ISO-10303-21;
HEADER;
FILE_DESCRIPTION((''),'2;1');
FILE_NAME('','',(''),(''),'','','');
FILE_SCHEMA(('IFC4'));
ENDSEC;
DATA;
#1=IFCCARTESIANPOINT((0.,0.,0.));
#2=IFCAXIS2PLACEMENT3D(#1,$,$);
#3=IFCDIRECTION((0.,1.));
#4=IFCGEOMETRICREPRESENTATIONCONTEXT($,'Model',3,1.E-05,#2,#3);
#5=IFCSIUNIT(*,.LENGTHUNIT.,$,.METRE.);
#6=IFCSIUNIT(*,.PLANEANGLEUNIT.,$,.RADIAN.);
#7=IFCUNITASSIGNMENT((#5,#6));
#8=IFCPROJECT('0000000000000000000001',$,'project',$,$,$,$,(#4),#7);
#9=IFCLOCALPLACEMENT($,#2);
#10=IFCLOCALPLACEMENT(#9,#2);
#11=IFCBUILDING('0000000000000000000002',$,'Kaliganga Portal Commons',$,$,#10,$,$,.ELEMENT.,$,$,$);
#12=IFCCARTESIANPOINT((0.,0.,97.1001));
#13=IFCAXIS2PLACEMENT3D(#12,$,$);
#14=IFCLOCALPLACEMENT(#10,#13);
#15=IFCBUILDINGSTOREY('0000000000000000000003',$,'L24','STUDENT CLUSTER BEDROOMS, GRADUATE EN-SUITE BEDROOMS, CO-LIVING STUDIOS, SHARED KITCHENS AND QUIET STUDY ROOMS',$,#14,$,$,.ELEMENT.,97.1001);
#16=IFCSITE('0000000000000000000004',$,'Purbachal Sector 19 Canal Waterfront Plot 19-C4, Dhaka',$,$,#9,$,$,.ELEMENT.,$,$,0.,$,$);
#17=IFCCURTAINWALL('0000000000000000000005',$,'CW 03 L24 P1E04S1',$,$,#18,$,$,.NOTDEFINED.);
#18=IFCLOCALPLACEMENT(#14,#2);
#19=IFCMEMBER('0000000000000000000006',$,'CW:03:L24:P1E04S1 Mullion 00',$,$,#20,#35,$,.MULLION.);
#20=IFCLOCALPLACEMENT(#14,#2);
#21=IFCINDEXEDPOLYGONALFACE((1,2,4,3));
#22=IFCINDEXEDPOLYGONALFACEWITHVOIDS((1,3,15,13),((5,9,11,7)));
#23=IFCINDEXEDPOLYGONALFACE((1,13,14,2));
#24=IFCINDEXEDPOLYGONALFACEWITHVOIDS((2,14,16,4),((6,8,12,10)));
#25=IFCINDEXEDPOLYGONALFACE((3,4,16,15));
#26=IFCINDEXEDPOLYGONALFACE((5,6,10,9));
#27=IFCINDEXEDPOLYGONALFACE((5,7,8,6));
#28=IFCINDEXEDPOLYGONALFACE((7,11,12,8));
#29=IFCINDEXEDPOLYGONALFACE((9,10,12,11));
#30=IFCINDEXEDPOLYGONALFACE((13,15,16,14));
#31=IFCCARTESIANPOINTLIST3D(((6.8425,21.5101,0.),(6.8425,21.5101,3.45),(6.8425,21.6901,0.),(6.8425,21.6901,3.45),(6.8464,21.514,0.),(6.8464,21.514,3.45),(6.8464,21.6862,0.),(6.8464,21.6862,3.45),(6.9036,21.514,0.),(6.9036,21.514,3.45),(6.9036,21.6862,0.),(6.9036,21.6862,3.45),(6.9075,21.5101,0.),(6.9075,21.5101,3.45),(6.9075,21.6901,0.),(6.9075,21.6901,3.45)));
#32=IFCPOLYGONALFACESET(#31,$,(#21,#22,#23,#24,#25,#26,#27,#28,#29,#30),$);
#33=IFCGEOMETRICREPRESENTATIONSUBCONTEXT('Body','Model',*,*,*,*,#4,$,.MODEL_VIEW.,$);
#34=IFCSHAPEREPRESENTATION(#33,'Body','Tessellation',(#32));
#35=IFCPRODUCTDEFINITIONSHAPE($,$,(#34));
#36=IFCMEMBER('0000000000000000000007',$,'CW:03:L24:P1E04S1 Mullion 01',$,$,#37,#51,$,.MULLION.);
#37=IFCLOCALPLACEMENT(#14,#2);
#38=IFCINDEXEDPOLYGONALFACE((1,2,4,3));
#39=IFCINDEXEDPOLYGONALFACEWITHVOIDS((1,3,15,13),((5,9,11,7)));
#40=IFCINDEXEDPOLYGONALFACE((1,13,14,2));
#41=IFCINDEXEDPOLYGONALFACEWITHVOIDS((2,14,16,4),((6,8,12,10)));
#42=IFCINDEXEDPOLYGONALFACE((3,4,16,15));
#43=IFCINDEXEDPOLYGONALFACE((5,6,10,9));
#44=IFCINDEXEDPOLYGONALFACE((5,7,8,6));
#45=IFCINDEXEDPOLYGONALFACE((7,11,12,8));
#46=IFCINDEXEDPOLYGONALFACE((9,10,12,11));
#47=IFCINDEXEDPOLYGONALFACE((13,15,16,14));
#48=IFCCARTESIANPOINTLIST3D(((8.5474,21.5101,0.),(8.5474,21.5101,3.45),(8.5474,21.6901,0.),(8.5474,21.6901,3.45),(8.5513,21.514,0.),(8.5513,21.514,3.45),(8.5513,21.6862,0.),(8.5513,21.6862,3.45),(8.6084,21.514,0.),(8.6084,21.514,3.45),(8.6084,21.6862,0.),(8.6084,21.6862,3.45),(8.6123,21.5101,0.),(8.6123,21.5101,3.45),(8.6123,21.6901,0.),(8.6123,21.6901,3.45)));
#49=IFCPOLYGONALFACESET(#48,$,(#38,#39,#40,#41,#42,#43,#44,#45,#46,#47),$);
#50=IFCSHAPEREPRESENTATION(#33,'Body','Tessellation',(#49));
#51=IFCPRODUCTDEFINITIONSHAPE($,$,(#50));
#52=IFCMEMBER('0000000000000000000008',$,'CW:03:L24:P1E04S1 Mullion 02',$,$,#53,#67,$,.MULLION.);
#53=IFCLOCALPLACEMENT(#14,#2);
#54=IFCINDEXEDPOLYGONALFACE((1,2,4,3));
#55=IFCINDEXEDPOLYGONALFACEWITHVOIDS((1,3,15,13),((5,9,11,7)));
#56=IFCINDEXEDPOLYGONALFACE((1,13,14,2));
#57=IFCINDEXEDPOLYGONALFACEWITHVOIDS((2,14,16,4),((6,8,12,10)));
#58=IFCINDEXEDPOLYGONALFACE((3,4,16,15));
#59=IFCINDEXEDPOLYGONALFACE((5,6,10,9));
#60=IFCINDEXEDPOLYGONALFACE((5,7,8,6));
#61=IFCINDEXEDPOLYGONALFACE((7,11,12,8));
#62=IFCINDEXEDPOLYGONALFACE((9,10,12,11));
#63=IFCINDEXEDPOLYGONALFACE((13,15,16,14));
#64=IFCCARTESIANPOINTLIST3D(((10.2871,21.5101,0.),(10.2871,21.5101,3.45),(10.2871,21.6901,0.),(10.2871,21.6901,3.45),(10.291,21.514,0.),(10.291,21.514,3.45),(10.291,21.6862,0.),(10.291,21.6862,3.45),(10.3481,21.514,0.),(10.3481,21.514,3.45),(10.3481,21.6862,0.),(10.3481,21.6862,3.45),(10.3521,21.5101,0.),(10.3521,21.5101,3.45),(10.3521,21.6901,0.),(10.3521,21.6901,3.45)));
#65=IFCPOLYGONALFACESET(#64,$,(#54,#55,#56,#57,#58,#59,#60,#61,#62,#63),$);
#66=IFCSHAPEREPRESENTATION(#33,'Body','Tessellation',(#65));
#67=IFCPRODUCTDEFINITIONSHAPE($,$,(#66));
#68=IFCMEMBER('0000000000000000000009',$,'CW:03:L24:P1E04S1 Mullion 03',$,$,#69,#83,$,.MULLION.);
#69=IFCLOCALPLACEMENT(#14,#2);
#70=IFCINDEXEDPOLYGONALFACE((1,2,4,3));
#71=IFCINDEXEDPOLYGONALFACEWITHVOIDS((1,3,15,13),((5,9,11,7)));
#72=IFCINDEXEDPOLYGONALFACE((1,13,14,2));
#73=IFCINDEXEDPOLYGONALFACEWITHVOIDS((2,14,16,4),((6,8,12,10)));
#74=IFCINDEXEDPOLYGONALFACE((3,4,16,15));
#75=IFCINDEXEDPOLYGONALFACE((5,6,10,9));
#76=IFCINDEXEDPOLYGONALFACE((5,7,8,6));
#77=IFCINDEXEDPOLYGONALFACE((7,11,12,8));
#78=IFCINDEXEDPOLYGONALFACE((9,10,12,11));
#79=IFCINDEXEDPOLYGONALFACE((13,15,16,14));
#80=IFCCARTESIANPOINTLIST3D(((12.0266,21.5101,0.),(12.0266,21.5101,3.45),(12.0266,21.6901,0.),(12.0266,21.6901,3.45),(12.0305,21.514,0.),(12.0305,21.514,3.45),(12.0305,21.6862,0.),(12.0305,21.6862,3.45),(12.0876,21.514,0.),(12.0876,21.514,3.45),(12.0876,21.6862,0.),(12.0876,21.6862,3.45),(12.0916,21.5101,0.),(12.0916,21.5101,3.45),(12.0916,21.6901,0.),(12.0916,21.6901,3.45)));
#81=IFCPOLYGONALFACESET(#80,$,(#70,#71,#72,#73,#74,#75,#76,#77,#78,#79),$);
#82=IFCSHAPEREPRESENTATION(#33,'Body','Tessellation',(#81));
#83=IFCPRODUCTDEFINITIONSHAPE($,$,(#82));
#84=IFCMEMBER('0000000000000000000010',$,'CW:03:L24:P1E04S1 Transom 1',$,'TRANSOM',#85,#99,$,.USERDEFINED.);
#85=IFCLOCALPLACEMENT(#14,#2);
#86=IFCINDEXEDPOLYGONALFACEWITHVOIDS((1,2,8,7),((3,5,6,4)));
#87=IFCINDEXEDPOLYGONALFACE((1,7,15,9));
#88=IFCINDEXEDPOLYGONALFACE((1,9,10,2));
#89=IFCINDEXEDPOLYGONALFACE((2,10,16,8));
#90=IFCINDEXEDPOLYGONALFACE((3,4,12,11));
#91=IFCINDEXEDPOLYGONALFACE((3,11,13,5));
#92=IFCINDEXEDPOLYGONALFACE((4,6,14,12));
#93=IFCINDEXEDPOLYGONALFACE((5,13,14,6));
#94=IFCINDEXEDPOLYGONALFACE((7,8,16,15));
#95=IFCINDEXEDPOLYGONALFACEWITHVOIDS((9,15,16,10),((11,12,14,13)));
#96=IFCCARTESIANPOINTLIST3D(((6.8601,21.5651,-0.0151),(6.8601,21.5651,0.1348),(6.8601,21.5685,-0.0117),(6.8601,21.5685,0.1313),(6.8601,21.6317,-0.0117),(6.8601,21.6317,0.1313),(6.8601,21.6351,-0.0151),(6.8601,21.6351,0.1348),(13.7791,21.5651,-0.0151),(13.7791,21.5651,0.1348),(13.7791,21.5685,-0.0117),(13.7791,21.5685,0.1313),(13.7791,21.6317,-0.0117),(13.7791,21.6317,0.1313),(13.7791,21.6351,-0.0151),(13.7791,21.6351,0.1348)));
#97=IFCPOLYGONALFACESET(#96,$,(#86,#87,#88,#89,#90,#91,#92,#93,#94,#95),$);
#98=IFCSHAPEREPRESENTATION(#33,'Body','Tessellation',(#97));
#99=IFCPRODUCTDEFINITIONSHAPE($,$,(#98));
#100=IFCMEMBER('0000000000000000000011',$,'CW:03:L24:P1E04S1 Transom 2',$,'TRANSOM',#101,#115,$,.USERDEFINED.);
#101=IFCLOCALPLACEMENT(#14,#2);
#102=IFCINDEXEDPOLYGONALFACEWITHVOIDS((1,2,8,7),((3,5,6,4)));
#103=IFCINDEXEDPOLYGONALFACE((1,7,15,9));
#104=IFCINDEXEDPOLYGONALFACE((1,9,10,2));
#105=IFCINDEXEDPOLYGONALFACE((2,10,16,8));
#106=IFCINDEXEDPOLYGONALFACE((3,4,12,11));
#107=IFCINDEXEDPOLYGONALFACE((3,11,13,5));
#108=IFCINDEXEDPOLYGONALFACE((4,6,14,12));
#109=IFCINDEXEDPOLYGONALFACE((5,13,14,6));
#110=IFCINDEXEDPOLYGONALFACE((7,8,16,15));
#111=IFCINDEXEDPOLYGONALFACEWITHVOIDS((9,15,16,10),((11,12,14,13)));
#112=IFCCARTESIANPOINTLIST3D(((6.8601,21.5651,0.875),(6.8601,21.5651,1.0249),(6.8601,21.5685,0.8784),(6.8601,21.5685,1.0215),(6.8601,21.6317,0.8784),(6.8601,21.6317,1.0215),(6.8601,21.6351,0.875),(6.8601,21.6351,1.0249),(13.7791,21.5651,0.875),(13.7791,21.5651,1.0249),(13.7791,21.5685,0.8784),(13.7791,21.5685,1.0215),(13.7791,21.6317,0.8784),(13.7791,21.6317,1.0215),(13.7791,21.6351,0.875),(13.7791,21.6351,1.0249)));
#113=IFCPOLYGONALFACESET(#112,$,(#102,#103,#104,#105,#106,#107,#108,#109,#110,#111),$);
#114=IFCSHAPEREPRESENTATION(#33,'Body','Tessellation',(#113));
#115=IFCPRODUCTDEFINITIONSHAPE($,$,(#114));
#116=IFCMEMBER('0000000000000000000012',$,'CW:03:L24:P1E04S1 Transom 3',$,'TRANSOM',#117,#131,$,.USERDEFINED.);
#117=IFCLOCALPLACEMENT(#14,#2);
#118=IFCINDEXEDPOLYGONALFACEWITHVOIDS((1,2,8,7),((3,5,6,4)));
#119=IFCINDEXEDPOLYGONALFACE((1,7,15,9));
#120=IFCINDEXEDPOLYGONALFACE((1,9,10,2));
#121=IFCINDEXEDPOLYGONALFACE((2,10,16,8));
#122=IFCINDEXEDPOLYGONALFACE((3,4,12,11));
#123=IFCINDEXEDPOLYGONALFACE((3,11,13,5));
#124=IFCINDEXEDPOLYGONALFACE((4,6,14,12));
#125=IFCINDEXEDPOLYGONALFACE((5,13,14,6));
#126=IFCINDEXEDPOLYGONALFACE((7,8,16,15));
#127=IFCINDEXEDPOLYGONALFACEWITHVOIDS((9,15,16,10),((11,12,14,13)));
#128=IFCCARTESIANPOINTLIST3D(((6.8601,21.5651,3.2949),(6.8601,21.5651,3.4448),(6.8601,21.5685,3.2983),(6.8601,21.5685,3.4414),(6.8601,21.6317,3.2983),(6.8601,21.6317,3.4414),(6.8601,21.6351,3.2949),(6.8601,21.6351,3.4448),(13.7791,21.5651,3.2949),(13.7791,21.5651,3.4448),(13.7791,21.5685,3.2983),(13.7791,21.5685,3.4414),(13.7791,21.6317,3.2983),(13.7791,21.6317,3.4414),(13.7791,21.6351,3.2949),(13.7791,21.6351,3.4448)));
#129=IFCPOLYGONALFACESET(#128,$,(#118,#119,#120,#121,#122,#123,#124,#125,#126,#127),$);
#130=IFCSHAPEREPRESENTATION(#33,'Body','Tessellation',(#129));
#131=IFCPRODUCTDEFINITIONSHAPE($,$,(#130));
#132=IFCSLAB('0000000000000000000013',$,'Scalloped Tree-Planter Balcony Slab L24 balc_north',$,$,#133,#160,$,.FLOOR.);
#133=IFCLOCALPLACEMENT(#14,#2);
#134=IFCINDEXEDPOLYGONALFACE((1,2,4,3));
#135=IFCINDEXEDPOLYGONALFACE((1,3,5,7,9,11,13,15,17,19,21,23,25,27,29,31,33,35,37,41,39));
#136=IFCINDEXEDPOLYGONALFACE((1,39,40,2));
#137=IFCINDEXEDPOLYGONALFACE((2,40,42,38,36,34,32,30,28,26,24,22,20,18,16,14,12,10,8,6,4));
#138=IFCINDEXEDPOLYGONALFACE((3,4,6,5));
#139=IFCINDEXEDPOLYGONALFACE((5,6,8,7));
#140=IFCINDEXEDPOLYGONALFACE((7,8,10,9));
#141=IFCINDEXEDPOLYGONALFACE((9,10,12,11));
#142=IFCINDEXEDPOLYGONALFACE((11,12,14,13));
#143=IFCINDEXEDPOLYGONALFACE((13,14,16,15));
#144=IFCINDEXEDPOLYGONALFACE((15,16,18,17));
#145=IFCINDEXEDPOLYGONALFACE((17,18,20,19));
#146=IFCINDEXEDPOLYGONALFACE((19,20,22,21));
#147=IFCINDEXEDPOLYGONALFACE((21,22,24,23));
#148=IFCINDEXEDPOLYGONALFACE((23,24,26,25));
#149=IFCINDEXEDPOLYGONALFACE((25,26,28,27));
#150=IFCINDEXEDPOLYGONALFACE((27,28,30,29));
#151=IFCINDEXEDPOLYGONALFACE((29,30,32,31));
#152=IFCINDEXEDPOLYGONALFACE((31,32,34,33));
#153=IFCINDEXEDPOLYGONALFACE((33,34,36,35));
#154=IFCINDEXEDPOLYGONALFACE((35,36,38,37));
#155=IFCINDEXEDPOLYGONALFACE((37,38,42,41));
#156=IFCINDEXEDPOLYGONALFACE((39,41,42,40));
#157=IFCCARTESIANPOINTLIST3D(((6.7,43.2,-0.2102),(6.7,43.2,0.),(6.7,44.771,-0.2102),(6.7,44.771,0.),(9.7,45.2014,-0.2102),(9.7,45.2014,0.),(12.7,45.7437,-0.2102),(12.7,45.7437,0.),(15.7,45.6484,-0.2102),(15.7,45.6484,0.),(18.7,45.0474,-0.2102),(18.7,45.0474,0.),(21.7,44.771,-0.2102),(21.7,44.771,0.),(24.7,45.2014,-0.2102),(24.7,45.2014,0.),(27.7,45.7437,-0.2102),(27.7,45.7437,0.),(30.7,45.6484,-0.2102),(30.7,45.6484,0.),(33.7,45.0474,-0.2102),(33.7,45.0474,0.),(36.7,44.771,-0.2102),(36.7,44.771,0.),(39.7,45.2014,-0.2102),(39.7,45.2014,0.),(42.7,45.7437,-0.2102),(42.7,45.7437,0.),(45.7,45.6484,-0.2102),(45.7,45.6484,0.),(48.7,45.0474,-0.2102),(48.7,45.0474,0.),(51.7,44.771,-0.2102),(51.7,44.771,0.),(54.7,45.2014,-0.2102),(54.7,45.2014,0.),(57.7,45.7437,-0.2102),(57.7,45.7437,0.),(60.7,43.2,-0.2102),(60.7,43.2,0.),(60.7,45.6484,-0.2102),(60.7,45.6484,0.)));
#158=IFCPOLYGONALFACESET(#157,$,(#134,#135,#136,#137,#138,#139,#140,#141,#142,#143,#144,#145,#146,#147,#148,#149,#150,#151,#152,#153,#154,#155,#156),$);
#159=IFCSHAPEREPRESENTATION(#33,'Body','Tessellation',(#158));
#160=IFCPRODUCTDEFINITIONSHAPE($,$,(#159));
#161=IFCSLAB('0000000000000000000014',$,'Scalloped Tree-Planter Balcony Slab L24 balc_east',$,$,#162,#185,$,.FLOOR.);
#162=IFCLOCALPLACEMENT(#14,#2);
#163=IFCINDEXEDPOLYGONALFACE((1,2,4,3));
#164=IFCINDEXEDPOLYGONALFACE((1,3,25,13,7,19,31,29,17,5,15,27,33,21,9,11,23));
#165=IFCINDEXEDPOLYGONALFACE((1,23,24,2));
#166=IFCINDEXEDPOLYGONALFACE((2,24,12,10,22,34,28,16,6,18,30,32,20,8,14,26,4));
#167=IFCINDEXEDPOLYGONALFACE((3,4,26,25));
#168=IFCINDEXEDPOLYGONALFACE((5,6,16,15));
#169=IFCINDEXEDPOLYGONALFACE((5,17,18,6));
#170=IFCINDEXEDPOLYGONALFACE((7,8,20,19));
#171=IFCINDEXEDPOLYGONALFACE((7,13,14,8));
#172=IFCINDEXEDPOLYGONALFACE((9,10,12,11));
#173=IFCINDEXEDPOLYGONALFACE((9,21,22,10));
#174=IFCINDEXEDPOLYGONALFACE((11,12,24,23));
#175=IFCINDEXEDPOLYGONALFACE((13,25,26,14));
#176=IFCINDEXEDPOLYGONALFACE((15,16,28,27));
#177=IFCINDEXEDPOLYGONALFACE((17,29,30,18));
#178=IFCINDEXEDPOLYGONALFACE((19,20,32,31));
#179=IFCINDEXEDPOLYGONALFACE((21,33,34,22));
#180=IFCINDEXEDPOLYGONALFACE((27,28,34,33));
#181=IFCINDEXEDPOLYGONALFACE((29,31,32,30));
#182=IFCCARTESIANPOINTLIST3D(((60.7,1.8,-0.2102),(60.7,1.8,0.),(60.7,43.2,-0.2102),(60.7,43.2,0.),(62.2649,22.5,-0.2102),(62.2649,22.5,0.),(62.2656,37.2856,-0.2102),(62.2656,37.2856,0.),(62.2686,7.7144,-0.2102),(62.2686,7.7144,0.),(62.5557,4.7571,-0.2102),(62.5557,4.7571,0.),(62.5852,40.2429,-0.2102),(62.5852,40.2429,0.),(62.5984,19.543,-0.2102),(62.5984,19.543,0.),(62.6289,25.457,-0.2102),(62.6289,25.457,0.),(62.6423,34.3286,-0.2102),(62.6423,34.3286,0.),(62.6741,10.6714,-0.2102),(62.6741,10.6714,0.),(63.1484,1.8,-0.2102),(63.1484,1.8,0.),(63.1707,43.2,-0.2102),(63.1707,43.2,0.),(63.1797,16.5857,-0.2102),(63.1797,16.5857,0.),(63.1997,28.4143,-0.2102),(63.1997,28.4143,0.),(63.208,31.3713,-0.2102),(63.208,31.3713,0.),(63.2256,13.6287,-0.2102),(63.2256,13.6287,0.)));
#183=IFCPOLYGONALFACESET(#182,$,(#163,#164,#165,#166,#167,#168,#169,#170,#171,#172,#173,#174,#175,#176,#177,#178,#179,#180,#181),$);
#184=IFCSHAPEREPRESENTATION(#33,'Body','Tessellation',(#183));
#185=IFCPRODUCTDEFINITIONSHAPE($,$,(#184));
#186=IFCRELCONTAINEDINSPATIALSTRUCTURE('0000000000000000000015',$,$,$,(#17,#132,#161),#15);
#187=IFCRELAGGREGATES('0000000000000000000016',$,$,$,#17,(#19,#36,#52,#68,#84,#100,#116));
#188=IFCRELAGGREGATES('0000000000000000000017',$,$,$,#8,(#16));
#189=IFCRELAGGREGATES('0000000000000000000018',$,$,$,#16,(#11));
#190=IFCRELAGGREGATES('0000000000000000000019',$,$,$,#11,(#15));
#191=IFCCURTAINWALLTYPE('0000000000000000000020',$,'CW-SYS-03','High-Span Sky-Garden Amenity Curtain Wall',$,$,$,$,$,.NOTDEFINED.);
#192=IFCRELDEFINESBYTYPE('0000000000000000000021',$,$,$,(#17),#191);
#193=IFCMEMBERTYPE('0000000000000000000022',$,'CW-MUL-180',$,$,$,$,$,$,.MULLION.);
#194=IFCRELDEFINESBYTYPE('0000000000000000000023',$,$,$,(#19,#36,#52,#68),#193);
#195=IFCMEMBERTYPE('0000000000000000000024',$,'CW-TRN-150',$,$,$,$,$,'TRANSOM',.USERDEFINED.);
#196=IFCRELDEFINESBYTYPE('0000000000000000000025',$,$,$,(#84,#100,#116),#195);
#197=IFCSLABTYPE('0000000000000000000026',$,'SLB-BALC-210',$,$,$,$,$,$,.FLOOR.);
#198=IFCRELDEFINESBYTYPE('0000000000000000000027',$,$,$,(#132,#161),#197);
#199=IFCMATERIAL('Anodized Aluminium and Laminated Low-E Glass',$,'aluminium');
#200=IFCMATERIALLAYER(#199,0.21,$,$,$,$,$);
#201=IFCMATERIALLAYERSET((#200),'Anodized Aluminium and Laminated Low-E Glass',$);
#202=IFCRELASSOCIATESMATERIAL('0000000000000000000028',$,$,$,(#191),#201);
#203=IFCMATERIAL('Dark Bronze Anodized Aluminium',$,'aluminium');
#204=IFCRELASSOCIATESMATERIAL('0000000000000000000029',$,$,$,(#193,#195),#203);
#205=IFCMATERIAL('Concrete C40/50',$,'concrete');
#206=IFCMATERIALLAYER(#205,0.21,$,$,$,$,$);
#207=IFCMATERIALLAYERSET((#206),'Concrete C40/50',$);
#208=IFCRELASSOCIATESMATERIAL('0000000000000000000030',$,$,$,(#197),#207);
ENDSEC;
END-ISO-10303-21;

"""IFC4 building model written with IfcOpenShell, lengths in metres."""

from ifc_helpers import new_model, si_unit, direction, frame, origin, origin_2d, place, context, subcontext, project, spatial, polyline, hollow_rectangle, outline, extrude, source, transform, mapped, material, layer, layer_set, material_profile, profile_set, type_object, element, aggregate, save


model = new_model("IFC4")

# Units and contexts
model_context = context("Model", 3, precision=1e-05, world=origin(), true_north=direction((0.0, 1.0)))
body_context = subcontext(model_context, "Body", "Model", "MODEL_VIEW")
ifc_project = project(units=[si_unit("LENGTHUNIT", "METRE"), si_unit("PLANEANGLEUNIT", "RADIAN")], contexts=[model_context])

# Site, building, storey
site_placement = place(None, origin())
site = spatial("IfcSite", under=ifc_project, at=site_placement, Name="Purbachal Sector 19 Canal Waterfront Plot 19-C4, Dhaka", CompositionType="ELEMENT", RefElevation=0.0)
building_placement = place(site_placement, origin())
building = spatial("IfcBuilding", under=site, at=building_placement, Name="Kaliganga Portal Commons", CompositionType="ELEMENT")
storey_placement = place(building_placement, frame((0.0, 0.0, 97.1001)))
storey = spatial("IfcBuildingStorey", under=building, at=storey_placement, Name="L24", Description="STUDENT CLUSTER BEDROOMS, GRADUATE EN-SUITE BEDROOMS, CO-LIVING STUDIOS, SHARED KITCHENS AND QUIET STUDY ROOMS", CompositionType="ELEMENT", Elevation=97.1001)

# Curtain wall, members
ifc_material_1 = material(Name="Anodized Aluminium and Laminated Low-E Glass", Category="aluminium")
ifc_layer_1 = layer(ifc_material_1, 0.21)
ifc_layer_set_1 = layer_set([ifc_layer_1], Name="Anodized Aluminium and Laminated Low-E Glass")
curtain_wall_type = type_object("IfcCurtainWallType", Name="CW-SYS-03", Description="High-Span Sky-Garden Amenity Curtain Wall", PredefinedType="NOTDEFINED", material=ifc_layer_set_1)
curtain_wall_placement = place(storey_placement, origin())
curtain_wall = element("IfcCurtainWall", 1, at=curtain_wall_placement, inside=storey, type_object=curtain_wall_type, Name="CW 03 L24 P1E04S1", PredefinedType="NOTDEFINED")
ifc_material_2 = material(Name="Dark Bronze Anodized Aluminium", Category="aluminium")
ifc_material_profile_1 = material_profile(ifc_material_2, hollow_rectangle(XDim=0.0649, YDim=0.1799, WallThickness=0.0039, at=origin_2d()), Name="ALU MULL 65x180x4")
ifc_profile_set_1 = profile_set([ifc_material_profile_1], Name="Dark Bronze Anodized Aluminium")
member_type_1 = type_object("IfcMemberType", Name="CW-MUL-180", PredefinedType="MULLION", material=ifc_profile_set_1)
shared_shape_1 = source(origin(), body_context, "Body", "SweptSolid", [
    extrude(hollow_rectangle(XDim=0.0649, YDim=0.1799, WallThickness=0.0039, at=origin_2d()), origin(), (0.0, 0.0, 1.0), 3.45),
])
member_1_placement = place(storey_placement, frame((6.875, 21.6001, 0.0), z_axis=(0.0, 0.0, 1.0), x_axis=(1.0, 0.0, 0.0)))
member_1 = element("IfcMember", 2, at=member_1_placement, type_object=member_type_1, Name="CW:03:L24:P1E04S1 Mullion 00", PredefinedType="MULLION", context=body_context, shape_type="MappedRepresentation", body=[
    mapped(shared_shape_1, transform((0.0, 0.0, 0.0), x_axis=(1.0, 0.0, 0.0), y_axis=(0.0, 1.0, 0.0), z_axis=(0.0, 0.0, 1.0), scale=1.0)),
])
member_2_placement = place(storey_placement, frame((8.5798, 21.6001, 0.0), z_axis=(0.0, 0.0, 1.0), x_axis=(1.0, 0.0, 0.0)))
member_2 = element("IfcMember", 3, at=member_2_placement, type_object=member_type_1, Name="CW:03:L24:P1E04S1 Mullion 01", PredefinedType="MULLION", context=body_context, shape_type="MappedRepresentation", body=[
    mapped(shared_shape_1, transform((0.0, 0.0, 0.0), x_axis=(1.0, 0.0, 0.0), y_axis=(0.0, 1.0, 0.0), z_axis=(0.0, 0.0, 1.0), scale=1.0)),
])
member_3_placement = place(storey_placement, frame((10.3196, 21.6001, 0.0), z_axis=(0.0, 0.0, 1.0), x_axis=(1.0, 0.0, 0.0)))
member_3 = element("IfcMember", 4, at=member_3_placement, type_object=member_type_1, Name="CW:03:L24:P1E04S1 Mullion 02", PredefinedType="MULLION", context=body_context, shape_type="MappedRepresentation", body=[
    mapped(shared_shape_1, transform((0.0, 0.0, 0.0), x_axis=(1.0, 0.0, 0.0), y_axis=(0.0, 1.0, 0.0), z_axis=(0.0, 0.0, 1.0), scale=1.0)),
])
member_4_placement = place(storey_placement, frame((12.0591, 21.6001, 0.0), z_axis=(0.0, 0.0, 1.0), x_axis=(1.0, 0.0, 0.0)))
member_4 = element("IfcMember", 5, at=member_4_placement, type_object=member_type_1, Name="CW:03:L24:P1E04S1 Mullion 03", PredefinedType="MULLION", context=body_context, shape_type="MappedRepresentation", body=[
    mapped(shared_shape_1, transform((0.0, 0.0, 0.0), x_axis=(1.0, 0.0, 0.0), y_axis=(0.0, 1.0, 0.0), z_axis=(0.0, 0.0, 1.0), scale=1.0)),
])
ifc_material_profile_2 = material_profile(ifc_material_2, hollow_rectangle(XDim=0.0701, YDim=0.1499, WallThickness=0.0034, at=origin_2d()), Name="ALU TRAN 70x150x3.5")
ifc_profile_set_2 = profile_set([ifc_material_profile_2], Name="Dark Bronze Anodized Aluminium")
member_type_2 = type_object("IfcMemberType", Name="CW-TRN-150", ElementType="TRANSOM", PredefinedType="USERDEFINED", material=ifc_profile_set_2)
shared_shape_2 = source(origin(), body_context, "Body", "SweptSolid", [
    extrude(hollow_rectangle(XDim=0.0701, YDim=0.1499, WallThickness=0.0034, at=origin_2d()), origin(), (0.0, 0.0, 1.0), 6.9189),
])
member_5_placement = place(storey_placement, frame((6.8601, 21.6001, 0.0598), z_axis=(1.0, 0.0, 0.0), x_axis=(0.0, 1.0, 0.0)))
member_5 = element("IfcMember", 6, at=member_5_placement, type_object=member_type_2, Name="CW:03:L24:P1E04S1 Transom 1", ObjectType="TRANSOM", PredefinedType="USERDEFINED", context=body_context, shape_type="MappedRepresentation", body=[
    mapped(shared_shape_2, transform((0.0, 0.0, 0.0), x_axis=(1.0, 0.0, 0.0), y_axis=(0.0, 1.0, 0.0), z_axis=(0.0, 0.0, 1.0), scale=1.0)),
])
member_6_placement = place(storey_placement, frame((6.8601, 21.6001, 0.95), z_axis=(1.0, 0.0, 0.0), x_axis=(0.0, 1.0, 0.0)))
member_6 = element("IfcMember", 7, at=member_6_placement, type_object=member_type_2, Name="CW:03:L24:P1E04S1 Transom 2", ObjectType="TRANSOM", PredefinedType="USERDEFINED", context=body_context, shape_type="MappedRepresentation", body=[
    mapped(shared_shape_2, transform((0.0, 0.0, 0.0), x_axis=(1.0, 0.0, 0.0), y_axis=(0.0, 1.0, 0.0), z_axis=(0.0, 0.0, 1.0), scale=1.0)),
])
member_7_placement = place(storey_placement, frame((6.8601, 21.6001, 3.3699), z_axis=(1.0, 0.0, 0.0), x_axis=(0.0, 1.0, 0.0)))
member_7 = element("IfcMember", 8, at=member_7_placement, type_object=member_type_2, Name="CW:03:L24:P1E04S1 Transom 3", ObjectType="TRANSOM", PredefinedType="USERDEFINED", context=body_context, shape_type="MappedRepresentation", body=[
    mapped(shared_shape_2, transform((0.0, 0.0, 0.0), x_axis=(1.0, 0.0, 0.0), y_axis=(0.0, 1.0, 0.0), z_axis=(0.0, 0.0, 1.0), scale=1.0)),
])

# Slabs
ifc_material_3 = material(Name="Concrete C40/50", Category="concrete")
ifc_layer_2 = layer(ifc_material_3, 0.21)
ifc_layer_set_2 = layer_set([ifc_layer_2], Name="Concrete C40/50")
slab_type_1 = type_object("IfcSlabType", Name="SLB-BALC-210", PredefinedType="FLOOR", material=ifc_layer_set_2)
slab_1_placement = place(storey_placement, frame((0.0, 0.0, -0.2102)))
element("IfcSlab", 9, at=slab_1_placement, inside=storey, type_object=slab_type_1, Name="Scalloped Tree-Planter Balcony Slab L24 balc_north", PredefinedType="FLOOR", context=body_context, shape_type="SweptSolid", body=[
    extrude(outline(polyline([(60.7, 43.2), (60.7, 45.6484), (57.7, 45.7437), (54.7, 45.2014), (51.7, 44.771), (48.7, 45.0474), (45.7, 45.6484), (42.7, 45.7437), (39.7, 45.2014), (36.7, 44.771), (33.7, 45.0474), (30.7, 45.6484), (27.7, 45.7437), (24.7, 45.2014), (21.7, 44.771), (18.7, 45.0474), (15.7, 45.6484), (12.7, 45.7437), (9.7, 45.2014), (6.7, 44.771), (6.7, 43.2), (60.7, 43.2)])), origin(), (0.0, 0.0, 1.0), 0.2102),
])
slab_2_placement = place(storey_placement, frame((0.0, 0.0, -0.2102)))
element("IfcSlab", 10, at=slab_2_placement, inside=storey, type_object=slab_type_1, Name="Scalloped Tree-Planter Balcony Slab L24 balc_east", PredefinedType="FLOOR", context=body_context, shape_type="SweptSolid", body=[
    extrude(outline(polyline([(60.7, 1.8), (63.1484, 1.8), (62.5557, 4.7571), (62.2686, 7.7144), (62.6741, 10.6714), (63.2256, 13.6287), (63.1797, 16.5857), (62.5984, 19.543), (62.2649, 22.5), (62.6289, 25.457), (63.1997, 28.4143), (63.208, 31.3713), (62.6423, 34.3286), (62.2656, 37.2856), (62.5852, 40.2429), (63.1707, 43.2), (60.7, 43.2), (60.7, 1.8)])), origin(), (0.0, 0.0, 1.0), 0.2102),
])

aggregate(curtain_wall, [member_1, member_2, member_3, member_4, member_5, member_6, member_7])

save(model, "model.ifc")
